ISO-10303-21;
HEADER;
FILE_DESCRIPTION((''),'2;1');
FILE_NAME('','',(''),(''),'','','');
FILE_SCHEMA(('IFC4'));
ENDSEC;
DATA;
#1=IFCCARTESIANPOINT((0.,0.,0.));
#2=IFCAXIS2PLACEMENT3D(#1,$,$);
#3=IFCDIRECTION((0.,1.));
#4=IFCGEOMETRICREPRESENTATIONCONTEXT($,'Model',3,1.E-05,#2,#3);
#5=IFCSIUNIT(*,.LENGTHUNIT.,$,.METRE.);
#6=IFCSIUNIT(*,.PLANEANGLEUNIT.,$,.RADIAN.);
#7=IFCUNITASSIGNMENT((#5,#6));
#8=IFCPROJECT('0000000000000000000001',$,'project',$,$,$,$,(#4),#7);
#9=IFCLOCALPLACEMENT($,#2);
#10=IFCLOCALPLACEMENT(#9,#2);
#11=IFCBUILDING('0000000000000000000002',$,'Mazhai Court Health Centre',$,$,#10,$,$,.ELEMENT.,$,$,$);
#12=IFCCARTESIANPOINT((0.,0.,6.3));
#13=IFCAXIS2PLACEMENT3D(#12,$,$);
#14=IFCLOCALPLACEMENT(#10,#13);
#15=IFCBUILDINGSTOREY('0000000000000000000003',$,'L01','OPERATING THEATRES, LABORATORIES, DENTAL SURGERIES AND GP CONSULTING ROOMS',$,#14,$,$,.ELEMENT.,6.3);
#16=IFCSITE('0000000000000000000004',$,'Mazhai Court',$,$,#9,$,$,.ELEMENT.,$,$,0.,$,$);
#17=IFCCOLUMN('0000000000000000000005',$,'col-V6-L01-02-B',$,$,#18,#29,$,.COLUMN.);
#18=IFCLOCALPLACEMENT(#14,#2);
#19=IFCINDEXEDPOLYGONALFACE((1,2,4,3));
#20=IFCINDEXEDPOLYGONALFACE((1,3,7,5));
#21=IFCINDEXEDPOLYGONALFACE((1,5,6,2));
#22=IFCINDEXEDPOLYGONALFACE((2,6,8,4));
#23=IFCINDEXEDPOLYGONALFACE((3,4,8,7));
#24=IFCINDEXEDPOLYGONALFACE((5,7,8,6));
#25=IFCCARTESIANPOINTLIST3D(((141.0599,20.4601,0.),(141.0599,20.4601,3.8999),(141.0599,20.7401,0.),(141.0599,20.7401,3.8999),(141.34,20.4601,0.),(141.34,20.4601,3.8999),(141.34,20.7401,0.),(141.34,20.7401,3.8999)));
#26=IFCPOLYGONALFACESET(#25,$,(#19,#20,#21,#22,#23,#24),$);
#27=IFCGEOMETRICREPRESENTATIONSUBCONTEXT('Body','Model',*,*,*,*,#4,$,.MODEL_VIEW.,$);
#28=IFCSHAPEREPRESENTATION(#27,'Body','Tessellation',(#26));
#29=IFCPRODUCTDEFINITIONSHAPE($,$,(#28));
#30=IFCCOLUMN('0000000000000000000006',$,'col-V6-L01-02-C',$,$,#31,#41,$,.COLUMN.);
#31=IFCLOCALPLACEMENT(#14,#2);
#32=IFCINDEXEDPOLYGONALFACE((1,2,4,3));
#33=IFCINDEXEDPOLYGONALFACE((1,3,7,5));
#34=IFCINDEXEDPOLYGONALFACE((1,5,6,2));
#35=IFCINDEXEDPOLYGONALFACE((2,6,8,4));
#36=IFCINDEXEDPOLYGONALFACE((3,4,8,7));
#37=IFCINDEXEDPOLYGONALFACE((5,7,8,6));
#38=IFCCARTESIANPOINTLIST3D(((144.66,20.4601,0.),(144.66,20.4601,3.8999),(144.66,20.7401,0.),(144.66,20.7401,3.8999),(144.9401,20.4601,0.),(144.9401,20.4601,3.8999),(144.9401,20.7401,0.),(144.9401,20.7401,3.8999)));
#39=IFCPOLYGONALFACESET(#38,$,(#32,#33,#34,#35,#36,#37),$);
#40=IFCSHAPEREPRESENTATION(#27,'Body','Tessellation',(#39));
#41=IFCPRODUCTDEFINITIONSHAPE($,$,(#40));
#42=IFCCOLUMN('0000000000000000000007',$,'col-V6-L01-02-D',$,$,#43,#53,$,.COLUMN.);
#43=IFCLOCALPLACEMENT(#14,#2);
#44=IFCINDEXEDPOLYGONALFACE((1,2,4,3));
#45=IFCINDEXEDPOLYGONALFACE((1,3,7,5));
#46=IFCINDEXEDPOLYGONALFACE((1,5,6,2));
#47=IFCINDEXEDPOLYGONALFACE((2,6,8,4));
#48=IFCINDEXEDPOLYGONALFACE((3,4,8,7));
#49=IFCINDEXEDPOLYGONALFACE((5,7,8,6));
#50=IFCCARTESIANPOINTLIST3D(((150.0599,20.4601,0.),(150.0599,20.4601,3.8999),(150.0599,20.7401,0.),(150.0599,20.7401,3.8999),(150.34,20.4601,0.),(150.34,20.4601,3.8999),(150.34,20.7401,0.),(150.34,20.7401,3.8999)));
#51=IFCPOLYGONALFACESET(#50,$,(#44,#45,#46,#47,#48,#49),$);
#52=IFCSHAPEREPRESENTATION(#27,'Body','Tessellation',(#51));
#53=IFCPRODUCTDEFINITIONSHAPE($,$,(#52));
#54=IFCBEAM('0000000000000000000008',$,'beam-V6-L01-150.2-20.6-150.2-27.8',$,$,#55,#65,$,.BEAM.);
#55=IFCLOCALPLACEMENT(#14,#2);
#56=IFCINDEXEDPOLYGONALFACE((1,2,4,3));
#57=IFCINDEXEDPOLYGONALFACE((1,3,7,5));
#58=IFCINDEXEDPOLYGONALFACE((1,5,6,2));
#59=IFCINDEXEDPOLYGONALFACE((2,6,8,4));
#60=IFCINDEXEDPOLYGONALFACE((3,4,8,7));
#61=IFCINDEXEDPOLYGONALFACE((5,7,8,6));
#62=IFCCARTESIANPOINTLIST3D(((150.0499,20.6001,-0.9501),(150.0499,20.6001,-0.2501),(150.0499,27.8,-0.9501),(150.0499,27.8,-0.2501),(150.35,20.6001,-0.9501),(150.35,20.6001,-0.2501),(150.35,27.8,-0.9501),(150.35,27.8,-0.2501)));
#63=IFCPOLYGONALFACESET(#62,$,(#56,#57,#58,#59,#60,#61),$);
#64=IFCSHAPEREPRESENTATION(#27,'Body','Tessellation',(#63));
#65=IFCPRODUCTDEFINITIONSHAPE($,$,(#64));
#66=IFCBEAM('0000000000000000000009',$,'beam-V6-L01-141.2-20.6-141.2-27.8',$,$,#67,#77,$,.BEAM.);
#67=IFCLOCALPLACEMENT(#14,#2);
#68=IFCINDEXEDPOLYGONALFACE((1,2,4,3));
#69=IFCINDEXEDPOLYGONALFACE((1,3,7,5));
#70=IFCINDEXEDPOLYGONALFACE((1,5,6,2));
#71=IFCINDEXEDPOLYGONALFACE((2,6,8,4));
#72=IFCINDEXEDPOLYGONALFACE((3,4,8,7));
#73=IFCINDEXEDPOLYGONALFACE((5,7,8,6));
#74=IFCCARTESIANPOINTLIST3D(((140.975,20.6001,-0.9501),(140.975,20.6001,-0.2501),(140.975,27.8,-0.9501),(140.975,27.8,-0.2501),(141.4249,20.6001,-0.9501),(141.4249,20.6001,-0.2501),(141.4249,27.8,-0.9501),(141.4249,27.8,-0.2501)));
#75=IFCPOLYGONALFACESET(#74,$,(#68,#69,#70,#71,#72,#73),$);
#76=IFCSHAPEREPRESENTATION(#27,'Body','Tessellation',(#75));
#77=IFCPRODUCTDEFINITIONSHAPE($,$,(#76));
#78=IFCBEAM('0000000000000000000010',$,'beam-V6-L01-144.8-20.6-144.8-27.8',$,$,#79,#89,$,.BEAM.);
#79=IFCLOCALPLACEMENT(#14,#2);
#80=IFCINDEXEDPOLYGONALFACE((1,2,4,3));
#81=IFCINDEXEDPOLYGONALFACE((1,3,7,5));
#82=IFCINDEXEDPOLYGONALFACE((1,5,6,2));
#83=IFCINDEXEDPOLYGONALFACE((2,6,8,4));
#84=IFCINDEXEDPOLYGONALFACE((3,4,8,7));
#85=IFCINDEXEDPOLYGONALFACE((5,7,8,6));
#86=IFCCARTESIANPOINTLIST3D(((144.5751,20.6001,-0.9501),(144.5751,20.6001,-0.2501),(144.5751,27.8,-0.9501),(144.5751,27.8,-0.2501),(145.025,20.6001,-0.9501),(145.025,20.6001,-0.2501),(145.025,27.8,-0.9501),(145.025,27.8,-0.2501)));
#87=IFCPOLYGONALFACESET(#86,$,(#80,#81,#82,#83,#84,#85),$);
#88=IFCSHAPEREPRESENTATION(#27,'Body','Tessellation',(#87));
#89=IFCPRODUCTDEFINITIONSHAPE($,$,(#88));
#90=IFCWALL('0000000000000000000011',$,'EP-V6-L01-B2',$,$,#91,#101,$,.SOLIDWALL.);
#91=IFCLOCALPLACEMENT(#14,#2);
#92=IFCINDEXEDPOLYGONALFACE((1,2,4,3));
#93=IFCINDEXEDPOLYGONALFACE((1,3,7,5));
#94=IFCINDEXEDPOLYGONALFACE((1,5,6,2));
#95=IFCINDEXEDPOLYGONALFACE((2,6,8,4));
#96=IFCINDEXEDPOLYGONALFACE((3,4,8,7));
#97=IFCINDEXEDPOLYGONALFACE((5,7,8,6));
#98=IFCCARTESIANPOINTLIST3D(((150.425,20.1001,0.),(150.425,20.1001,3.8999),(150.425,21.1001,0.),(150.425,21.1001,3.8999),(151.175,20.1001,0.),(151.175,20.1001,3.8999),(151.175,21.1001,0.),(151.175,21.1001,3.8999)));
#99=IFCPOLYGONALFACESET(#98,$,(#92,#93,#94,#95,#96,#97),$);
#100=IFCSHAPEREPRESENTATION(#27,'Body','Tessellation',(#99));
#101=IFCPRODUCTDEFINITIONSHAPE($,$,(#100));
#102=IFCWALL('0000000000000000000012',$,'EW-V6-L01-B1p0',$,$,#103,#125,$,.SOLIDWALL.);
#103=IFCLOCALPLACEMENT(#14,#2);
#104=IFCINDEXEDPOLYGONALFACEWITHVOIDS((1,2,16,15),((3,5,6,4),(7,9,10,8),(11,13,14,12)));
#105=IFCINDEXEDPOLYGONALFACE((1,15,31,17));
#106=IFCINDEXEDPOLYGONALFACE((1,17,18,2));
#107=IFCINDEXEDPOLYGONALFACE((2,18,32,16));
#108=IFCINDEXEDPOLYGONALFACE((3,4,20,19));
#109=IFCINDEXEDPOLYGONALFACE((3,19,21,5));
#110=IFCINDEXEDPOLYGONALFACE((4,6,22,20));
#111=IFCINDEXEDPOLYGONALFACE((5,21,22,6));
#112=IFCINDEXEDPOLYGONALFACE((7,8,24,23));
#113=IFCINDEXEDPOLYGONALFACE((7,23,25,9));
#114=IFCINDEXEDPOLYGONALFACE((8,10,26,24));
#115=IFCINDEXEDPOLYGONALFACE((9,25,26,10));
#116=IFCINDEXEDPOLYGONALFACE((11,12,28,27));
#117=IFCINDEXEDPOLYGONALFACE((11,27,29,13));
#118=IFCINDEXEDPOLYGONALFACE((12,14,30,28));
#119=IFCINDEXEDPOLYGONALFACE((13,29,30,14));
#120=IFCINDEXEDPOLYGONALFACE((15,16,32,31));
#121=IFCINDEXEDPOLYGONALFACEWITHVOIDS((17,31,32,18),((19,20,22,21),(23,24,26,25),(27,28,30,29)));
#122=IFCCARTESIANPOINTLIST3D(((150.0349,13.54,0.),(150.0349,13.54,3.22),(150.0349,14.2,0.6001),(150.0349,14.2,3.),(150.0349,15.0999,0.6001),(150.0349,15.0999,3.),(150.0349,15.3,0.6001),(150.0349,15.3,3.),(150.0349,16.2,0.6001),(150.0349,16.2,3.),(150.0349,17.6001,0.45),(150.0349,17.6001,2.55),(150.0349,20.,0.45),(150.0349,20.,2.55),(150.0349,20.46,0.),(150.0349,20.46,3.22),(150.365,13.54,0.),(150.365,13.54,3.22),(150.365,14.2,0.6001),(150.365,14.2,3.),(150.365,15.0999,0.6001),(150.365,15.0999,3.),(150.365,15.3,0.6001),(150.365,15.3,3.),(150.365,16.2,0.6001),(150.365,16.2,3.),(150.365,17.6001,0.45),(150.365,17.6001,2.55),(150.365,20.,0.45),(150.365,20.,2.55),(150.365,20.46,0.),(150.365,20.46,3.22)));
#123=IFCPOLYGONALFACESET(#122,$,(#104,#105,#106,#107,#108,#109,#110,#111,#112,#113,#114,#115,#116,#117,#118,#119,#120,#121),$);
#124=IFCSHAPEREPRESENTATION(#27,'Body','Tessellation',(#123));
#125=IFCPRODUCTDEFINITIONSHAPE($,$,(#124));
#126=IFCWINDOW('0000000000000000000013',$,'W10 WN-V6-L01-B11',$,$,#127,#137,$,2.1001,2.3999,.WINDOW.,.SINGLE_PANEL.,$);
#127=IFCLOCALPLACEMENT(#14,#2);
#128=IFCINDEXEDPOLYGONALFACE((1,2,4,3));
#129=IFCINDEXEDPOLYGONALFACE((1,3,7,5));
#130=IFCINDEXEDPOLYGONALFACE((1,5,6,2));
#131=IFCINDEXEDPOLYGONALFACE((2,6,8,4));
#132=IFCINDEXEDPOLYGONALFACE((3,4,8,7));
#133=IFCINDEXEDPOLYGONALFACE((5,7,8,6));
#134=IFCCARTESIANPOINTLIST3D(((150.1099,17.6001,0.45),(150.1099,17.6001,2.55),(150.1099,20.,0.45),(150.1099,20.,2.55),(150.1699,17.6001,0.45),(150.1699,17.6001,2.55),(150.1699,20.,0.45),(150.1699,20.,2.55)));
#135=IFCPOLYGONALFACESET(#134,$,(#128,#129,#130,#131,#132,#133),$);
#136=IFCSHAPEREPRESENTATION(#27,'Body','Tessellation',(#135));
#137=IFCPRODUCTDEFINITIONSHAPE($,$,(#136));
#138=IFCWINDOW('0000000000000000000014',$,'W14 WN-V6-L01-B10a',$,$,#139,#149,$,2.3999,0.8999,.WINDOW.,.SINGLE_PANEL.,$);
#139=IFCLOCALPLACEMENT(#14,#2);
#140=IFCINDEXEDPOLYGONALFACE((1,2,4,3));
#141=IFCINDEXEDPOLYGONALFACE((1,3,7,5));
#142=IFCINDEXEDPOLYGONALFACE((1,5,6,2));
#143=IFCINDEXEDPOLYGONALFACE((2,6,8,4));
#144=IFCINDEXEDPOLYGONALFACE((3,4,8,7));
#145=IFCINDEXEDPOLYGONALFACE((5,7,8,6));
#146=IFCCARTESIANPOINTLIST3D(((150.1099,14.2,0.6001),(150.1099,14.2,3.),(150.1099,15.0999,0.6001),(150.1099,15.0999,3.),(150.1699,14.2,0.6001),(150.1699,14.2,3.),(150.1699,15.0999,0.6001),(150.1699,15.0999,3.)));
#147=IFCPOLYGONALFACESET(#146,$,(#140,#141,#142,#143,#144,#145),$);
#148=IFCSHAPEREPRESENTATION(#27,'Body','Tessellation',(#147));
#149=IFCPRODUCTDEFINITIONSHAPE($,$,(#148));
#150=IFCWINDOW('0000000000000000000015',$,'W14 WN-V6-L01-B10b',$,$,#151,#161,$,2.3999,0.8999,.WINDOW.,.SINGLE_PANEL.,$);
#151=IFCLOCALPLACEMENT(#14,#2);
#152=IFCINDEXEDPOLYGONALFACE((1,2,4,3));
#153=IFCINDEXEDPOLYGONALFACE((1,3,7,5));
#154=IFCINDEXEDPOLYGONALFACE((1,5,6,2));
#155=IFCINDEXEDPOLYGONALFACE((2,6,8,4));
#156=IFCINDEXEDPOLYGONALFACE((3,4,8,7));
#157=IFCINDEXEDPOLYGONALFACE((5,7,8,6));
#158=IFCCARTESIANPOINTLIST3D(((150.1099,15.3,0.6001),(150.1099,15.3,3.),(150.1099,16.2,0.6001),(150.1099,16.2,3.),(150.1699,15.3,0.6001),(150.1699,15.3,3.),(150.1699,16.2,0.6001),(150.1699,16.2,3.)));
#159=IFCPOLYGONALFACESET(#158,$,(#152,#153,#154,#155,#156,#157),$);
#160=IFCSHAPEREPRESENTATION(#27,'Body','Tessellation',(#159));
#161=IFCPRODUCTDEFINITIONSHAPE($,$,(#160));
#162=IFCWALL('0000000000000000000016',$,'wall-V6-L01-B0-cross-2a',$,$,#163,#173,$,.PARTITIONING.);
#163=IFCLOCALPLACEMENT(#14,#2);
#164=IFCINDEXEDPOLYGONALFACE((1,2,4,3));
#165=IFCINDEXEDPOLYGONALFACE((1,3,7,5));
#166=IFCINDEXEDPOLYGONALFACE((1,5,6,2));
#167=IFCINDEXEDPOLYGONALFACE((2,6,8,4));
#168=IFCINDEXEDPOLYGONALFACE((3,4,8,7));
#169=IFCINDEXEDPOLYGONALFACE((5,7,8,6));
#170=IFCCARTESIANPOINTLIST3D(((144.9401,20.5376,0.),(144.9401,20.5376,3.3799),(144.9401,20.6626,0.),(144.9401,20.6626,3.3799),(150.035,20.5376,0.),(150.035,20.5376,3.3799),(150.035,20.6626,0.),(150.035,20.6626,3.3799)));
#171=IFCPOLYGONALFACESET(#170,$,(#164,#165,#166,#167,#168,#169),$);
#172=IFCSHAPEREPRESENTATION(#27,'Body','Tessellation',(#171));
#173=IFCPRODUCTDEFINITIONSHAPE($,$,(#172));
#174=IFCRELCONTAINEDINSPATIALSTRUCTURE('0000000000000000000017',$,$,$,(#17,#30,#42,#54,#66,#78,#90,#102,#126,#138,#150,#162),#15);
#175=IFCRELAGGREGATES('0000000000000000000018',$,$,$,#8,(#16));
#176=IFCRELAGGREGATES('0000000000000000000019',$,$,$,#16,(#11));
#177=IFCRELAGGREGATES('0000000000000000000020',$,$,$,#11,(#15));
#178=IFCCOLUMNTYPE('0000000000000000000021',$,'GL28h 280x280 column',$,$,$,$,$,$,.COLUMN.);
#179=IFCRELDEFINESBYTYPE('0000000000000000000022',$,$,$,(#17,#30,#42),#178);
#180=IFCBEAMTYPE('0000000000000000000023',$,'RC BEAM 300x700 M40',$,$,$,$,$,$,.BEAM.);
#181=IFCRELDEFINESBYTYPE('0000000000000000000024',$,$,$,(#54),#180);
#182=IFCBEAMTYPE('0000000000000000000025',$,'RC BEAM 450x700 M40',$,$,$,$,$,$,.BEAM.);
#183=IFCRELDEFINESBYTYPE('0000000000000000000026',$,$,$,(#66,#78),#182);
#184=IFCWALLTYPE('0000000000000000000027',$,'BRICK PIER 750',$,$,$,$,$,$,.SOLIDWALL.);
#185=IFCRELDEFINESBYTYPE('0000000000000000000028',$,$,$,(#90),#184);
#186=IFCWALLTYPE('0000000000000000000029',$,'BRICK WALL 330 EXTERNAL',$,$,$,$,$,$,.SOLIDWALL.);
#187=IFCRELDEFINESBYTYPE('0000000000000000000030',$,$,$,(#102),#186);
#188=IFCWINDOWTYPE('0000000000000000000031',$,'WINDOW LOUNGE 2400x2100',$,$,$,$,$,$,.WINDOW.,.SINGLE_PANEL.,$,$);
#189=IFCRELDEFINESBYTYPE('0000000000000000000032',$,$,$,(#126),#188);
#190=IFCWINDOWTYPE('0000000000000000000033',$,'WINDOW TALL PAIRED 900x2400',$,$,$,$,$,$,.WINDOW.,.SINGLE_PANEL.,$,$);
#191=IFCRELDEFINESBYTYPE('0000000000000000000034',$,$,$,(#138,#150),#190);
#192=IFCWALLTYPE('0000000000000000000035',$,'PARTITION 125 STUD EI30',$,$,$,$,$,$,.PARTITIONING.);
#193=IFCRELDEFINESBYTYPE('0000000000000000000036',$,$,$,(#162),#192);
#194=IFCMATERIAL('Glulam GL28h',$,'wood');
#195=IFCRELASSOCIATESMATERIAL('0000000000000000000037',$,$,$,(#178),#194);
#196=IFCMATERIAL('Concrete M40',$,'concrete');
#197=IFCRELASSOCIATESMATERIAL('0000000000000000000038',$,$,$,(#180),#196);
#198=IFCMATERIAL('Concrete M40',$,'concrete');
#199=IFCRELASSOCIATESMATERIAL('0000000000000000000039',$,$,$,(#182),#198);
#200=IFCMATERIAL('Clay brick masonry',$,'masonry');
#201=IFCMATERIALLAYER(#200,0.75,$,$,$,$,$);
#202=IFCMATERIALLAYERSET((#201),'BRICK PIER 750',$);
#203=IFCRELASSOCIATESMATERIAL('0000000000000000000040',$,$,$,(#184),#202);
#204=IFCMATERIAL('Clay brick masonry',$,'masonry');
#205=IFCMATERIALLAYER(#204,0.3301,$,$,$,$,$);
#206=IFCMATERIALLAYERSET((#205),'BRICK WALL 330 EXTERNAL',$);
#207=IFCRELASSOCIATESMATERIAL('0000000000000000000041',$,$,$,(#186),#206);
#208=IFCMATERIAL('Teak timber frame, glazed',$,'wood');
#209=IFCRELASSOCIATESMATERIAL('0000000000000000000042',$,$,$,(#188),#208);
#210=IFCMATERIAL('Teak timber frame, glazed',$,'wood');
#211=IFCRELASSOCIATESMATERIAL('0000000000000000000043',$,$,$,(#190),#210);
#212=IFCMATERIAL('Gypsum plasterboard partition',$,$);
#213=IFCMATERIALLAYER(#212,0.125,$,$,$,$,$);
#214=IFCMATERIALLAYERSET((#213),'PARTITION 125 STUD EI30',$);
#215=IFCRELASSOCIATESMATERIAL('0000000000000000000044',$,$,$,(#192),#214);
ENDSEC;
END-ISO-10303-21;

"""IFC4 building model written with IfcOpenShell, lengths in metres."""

from ifc_helpers import new_model, si_unit, direction, frame, frame_2d, origin, origin_2d, place, context, subcontext, project, spatial, rectangle, extrude, material, layer, layer_set, material_profile, profile_set, type_object, element, fill, save


model = new_model("IFC4")

# Units and contexts
model_context = context("Model", 3, precision=1e-05, world=origin(), true_north=direction((0.0, 1.0)))
body_context = subcontext(model_context, "Body", "Model", "MODEL_VIEW")
ifc_project = project(units=[si_unit("LENGTHUNIT", "METRE"), si_unit("PLANEANGLEUNIT", "RADIAN")], contexts=[model_context])

# Site, building, storey
site_placement = place(None, origin())
site = spatial("IfcSite", under=ifc_project, at=site_placement, Name="Mazhai Court", CompositionType="ELEMENT", RefElevation=0.0)
building_placement = place(site_placement, origin())
building = spatial("IfcBuilding", under=site, at=building_placement, Name="Mazhai Court Health Centre", CompositionType="ELEMENT")
storey_placement = place(building_placement, frame((0.0, 0.0, 6.3)))
storey = spatial("IfcBuildingStorey", under=building, at=storey_placement, Name="L01", Description="OPERATING THEATRES, LABORATORIES, DENTAL SURGERIES AND GP CONSULTING ROOMS", CompositionType="ELEMENT", Elevation=6.3)

# Columns
ifc_material_1 = material(Name="Glulam GL28h", Category="wood")
ifc_material_profile_1 = material_profile(ifc_material_1, rectangle(XDim=0.28, YDim=0.28, at=origin_2d()), Name="GL28h 280x280")
ifc_profile_set_1 = profile_set([ifc_material_profile_1], Name="Glulam GL28h")
column_type = type_object("IfcColumnType", Name="GL28h 280x280 column", PredefinedType="COLUMN", material=ifc_profile_set_1)
for number, where, z_axis, x_axis, name in (
    (1, (141.2, 20.6001, 0.0), (0.0, 0.0, 1.0), (1.0, 0.0, 0.0), "col-V6-L01-02-B"),
    (2, (144.8, 20.6001, 0.0), (0.0, 0.0, 1.0), (1.0, 0.0, 0.0), "col-V6-L01-02-C"),
    (3, (150.2, 20.6001, 0.0), (0.0, 0.0, 1.0), (1.0, 0.0, 0.0), "col-V6-L01-02-D"),
):
    element("IfcColumn", number, at=place(storey_placement, frame(where, z_axis=z_axis, x_axis=x_axis)), inside=storey, type_object=column_type, Name=name, PredefinedType="COLUMN", context=body_context, shape_type="SweptSolid", body=[
        extrude(rectangle(XDim=0.28, YDim=0.28, at=origin_2d()), origin(), (0.0, 0.0, 1.0), 3.8999),
    ])

# Beams
ifc_material_2 = material(Name="Concrete M40", Category="concrete")
ifc_material_profile_2 = material_profile(ifc_material_2, rectangle(XDim=0.3, YDim=0.7, at=origin_2d()), Name="RC 300x700")
ifc_profile_set_2 = profile_set([ifc_material_profile_2], Name="Concrete M40")
beam_type_1 = type_object("IfcBeamType", Name="RC BEAM 300x700 M40", PredefinedType="BEAM", material=ifc_profile_set_2)
beam_placement = place(storey_placement, frame((150.2, 20.6001, -0.6001), z_axis=(0.0, 1.0, 0.0), x_axis=(-1.0, 0.0, 0.0)))
element("IfcBeam", 4, at=beam_placement, inside=storey, type_object=beam_type_1, Name="beam-V6-L01-150.2-20.6-150.2-27.8", PredefinedType="BEAM", context=body_context, shape_type="SweptSolid", body=[
    extrude(rectangle(XDim=0.3, YDim=0.7, at=origin_2d()), origin(), (0.0, 0.0, 1.0), 7.2),
])
ifc_material_3 = material(Name="Concrete M40", Category="concrete")
ifc_material_profile_3 = material_profile(ifc_material_3, rectangle(XDim=0.45, YDim=0.7, at=origin_2d()), Name="RC 450x700")
ifc_profile_set_3 = profile_set([ifc_material_profile_3], Name="Concrete M40")
beam_type_2 = type_object("IfcBeamType", Name="RC BEAM 450x700 M40", PredefinedType="BEAM", material=ifc_profile_set_3)
for number, where, z_axis, x_axis, name in (
    (5, (141.2, 20.6001, -0.6001), (0.0, 1.0, 0.0), (-1.0, 0.0, 0.0), "beam-V6-L01-141.2-20.6-141.2-27.8"),
    (6, (144.8, 20.6001, -0.6001), (0.0, 1.0, 0.0), (-1.0, 0.0, 0.0), "beam-V6-L01-144.8-20.6-144.8-27.8"),
):
    element("IfcBeam", number, at=place(storey_placement, frame(where, z_axis=z_axis, x_axis=x_axis)), inside=storey, type_object=beam_type_2, Name=name, PredefinedType="BEAM", context=body_context, shape_type="SweptSolid", body=[
        extrude(rectangle(XDim=0.45, YDim=0.7, at=origin_2d()), origin(), (0.0, 0.0, 1.0), 7.2),
    ])

# Wall
ifc_material_4 = material(Name="Clay brick masonry", Category="masonry")
ifc_layer_1 = layer(ifc_material_4, 0.75)
ifc_layer_set_1 = layer_set([ifc_layer_1], Name="BRICK PIER 750")
wall_type_1 = type_object("IfcWallType", Name="BRICK PIER 750", PredefinedType="SOLIDWALL", material=ifc_layer_set_1)
wall_1_placement = place(storey_placement, frame((150.8, 21.1001, 0.0), z_axis=(0.0, 0.0, 1.0), x_axis=(0.0, -1.0, 0.0)))
element("IfcWall", 7, at=wall_1_placement, inside=storey, type_object=wall_type_1, Name="EP-V6-L01-B2", PredefinedType="SOLIDWALL", context=body_context, shape_type="SweptSolid", body=[
    extrude(rectangle(XDim=1.0, YDim=0.75, at=frame_2d((0.5, 0.0))), origin(), (0.0, 0.0, 1.0), 3.8999),
])

# Wall, openings, windows
ifc_material_5 = material(Name="Clay brick masonry", Category="masonry")
ifc_layer_2 = layer(ifc_material_5, 0.3301)
ifc_layer_set_2 = layer_set([ifc_layer_2], Name="BRICK WALL 330 EXTERNAL")
wall_type_2 = type_object("IfcWallType", Name="BRICK WALL 330 EXTERNAL", PredefinedType="SOLIDWALL", material=ifc_layer_set_2)
wall_2_placement = place(storey_placement, frame((150.2, 20.46, 0.0), z_axis=(0.0, 0.0, 1.0), x_axis=(0.0, -1.0, 0.0)))
wall_2 = element("IfcWall", 8, at=wall_2_placement, inside=storey, type_object=wall_type_2, Name="EW-V6-L01-B1p0", PredefinedType="SOLIDWALL", context=body_context, shape_type="SweptSolid", body=[
    extrude(rectangle(XDim=6.9199, YDim=0.3301, at=frame_2d((3.46, 0.0))), origin(), (0.0, 0.0, 1.0), 3.22),
])
opening_1_placement = place(wall_2_placement, frame((5.3601, 0.0, 0.6001)))
opening_1 = element("IfcOpeningElement", 9, at=opening_1_placement, cuts=wall_2, PredefinedType="OPENING", context=body_context, shape_type="SweptSolid", body=[
    extrude(rectangle(XDim=0.8999, YDim=2.3999, at=frame_2d((0.45, 1.2))), frame((0.0, 0.175, 0.0), z_axis=(0.0, -1.0, 0.0), x_axis=(1.0, 0.0, 0.0)), (0.0, 0.0, 1.0), 0.3501),
])
opening_2_placement = place(wall_2_placement, frame((4.26, 0.0, 0.6001)))
opening_2 = element("IfcOpeningElement", 10, at=opening_2_placement, cuts=wall_2, PredefinedType="OPENING", context=body_context, shape_type="SweptSolid", body=[
    extrude(rectangle(XDim=0.8999, YDim=2.3999, at=frame_2d((0.45, 1.2))), frame((0.0, 0.175, 0.0), z_axis=(0.0, -1.0, 0.0), x_axis=(1.0, 0.0, 0.0)), (0.0, 0.0, 1.0), 0.3501),
])
opening_3_placement = place(wall_2_placement, frame((0.46, 0.0, 0.45)))
opening_3 = element("IfcOpeningElement", 11, at=opening_3_placement, cuts=wall_2, PredefinedType="OPENING", context=body_context, shape_type="SweptSolid", body=[
    extrude(rectangle(XDim=2.3999, YDim=2.1001, at=frame_2d((1.2, 1.05))), frame((0.0, 0.175, 0.0), z_axis=(0.0, -1.0, 0.0), x_axis=(1.0, 0.0, 0.0)), (0.0, 0.0, 1.0), 0.3501),
])
ifc_material_6 = material(Name="Teak timber frame, glazed", Category="wood")
window_type_1 = type_object("IfcWindowType", Name="WINDOW LOUNGE 2400x2100", PartitioningType="SINGLE_PANEL", PredefinedType="WINDOW", material=ifc_material_6)
window_1_placement = place(opening_3_placement, origin())
window_1 = element("IfcWindow", 12, at=window_1_placement, inside=storey, type_object=window_type_1, Name="W10 WN-V6-L01-B11", OverallHeight=2.1001, OverallWidth=2.3999, PartitioningType="SINGLE_PANEL", PredefinedType="WINDOW", context=body_context, shape_type="SweptSolid", body=[
    extrude(rectangle(XDim=2.3999, YDim=2.1001, at=frame_2d((1.2, 1.05))), frame((0.0, -0.03, 0.0), z_axis=(0.0, -1.0, 0.0), x_axis=(1.0, 0.0, 0.0)), (0.0, 0.0, 1.0), 0.0601),
])
fill(opening_3, window_1)
ifc_material_7 = material(Name="Teak timber frame, glazed", Category="wood")
window_type_2 = type_object("IfcWindowType", Name="WINDOW TALL PAIRED 900x2400", PartitioningType="SINGLE_PANEL", PredefinedType="WINDOW", material=ifc_material_7)
window_2_placement = place(opening_1_placement, origin())
window_2 = element("IfcWindow", 13, at=window_2_placement, inside=storey, type_object=window_type_2, Name="W14 WN-V6-L01-B10a", OverallHeight=2.3999, OverallWidth=0.8999, PartitioningType="SINGLE_PANEL", PredefinedType="WINDOW", context=body_context, shape_type="SweptSolid", body=[
    extrude(rectangle(XDim=0.8999, YDim=2.3999, at=frame_2d((0.45, 1.2))), frame((0.0, -0.03, 0.0), z_axis=(0.0, -1.0, 0.0), x_axis=(1.0, 0.0, 0.0)), (0.0, 0.0, 1.0), 0.0601),
])
fill(opening_1, window_2)
window_3_placement = place(opening_2_placement, origin())
window_3 = element("IfcWindow", 14, at=window_3_placement, inside=storey, type_object=window_type_2, Name="W14 WN-V6-L01-B10b", OverallHeight=2.3999, OverallWidth=0.8999, PartitioningType="SINGLE_PANEL", PredefinedType="WINDOW", context=body_context, shape_type="SweptSolid", body=[
    extrude(rectangle(XDim=0.8999, YDim=2.3999, at=frame_2d((0.45, 1.2))), frame((0.0, -0.03, 0.0), z_axis=(0.0, -1.0, 0.0), x_axis=(1.0, 0.0, 0.0)), (0.0, 0.0, 1.0), 0.0601),
])
fill(opening_2, window_3)

# Wall
ifc_material_8 = material(Name="Gypsum plasterboard partition")
ifc_layer_3 = layer(ifc_material_8, 0.125)
ifc_layer_set_3 = layer_set([ifc_layer_3], Name="PARTITION 125 STUD EI30")
wall_type_3 = type_object("IfcWallType", Name="PARTITION 125 STUD EI30", PredefinedType="PARTITIONING", material=ifc_layer_set_3)
wall_3_placement = place(storey_placement, frame((150.0349, 20.6001, 0.0), z_axis=(0.0, 0.0, 1.0), x_axis=(-1.0, 0.0, 0.0)))
element("IfcWall", 15, at=wall_3_placement, inside=storey, type_object=wall_type_3, Name="wall-V6-L01-B0-cross-2a", PredefinedType="PARTITIONING", context=body_context, shape_type="SweptSolid", body=[
    extrude(rectangle(XDim=5.095, YDim=0.125, at=frame_2d((2.5474, 0.0))), origin(), (0.0, 0.0, 1.0), 3.3799),
])

save(model, "model.ifc")
